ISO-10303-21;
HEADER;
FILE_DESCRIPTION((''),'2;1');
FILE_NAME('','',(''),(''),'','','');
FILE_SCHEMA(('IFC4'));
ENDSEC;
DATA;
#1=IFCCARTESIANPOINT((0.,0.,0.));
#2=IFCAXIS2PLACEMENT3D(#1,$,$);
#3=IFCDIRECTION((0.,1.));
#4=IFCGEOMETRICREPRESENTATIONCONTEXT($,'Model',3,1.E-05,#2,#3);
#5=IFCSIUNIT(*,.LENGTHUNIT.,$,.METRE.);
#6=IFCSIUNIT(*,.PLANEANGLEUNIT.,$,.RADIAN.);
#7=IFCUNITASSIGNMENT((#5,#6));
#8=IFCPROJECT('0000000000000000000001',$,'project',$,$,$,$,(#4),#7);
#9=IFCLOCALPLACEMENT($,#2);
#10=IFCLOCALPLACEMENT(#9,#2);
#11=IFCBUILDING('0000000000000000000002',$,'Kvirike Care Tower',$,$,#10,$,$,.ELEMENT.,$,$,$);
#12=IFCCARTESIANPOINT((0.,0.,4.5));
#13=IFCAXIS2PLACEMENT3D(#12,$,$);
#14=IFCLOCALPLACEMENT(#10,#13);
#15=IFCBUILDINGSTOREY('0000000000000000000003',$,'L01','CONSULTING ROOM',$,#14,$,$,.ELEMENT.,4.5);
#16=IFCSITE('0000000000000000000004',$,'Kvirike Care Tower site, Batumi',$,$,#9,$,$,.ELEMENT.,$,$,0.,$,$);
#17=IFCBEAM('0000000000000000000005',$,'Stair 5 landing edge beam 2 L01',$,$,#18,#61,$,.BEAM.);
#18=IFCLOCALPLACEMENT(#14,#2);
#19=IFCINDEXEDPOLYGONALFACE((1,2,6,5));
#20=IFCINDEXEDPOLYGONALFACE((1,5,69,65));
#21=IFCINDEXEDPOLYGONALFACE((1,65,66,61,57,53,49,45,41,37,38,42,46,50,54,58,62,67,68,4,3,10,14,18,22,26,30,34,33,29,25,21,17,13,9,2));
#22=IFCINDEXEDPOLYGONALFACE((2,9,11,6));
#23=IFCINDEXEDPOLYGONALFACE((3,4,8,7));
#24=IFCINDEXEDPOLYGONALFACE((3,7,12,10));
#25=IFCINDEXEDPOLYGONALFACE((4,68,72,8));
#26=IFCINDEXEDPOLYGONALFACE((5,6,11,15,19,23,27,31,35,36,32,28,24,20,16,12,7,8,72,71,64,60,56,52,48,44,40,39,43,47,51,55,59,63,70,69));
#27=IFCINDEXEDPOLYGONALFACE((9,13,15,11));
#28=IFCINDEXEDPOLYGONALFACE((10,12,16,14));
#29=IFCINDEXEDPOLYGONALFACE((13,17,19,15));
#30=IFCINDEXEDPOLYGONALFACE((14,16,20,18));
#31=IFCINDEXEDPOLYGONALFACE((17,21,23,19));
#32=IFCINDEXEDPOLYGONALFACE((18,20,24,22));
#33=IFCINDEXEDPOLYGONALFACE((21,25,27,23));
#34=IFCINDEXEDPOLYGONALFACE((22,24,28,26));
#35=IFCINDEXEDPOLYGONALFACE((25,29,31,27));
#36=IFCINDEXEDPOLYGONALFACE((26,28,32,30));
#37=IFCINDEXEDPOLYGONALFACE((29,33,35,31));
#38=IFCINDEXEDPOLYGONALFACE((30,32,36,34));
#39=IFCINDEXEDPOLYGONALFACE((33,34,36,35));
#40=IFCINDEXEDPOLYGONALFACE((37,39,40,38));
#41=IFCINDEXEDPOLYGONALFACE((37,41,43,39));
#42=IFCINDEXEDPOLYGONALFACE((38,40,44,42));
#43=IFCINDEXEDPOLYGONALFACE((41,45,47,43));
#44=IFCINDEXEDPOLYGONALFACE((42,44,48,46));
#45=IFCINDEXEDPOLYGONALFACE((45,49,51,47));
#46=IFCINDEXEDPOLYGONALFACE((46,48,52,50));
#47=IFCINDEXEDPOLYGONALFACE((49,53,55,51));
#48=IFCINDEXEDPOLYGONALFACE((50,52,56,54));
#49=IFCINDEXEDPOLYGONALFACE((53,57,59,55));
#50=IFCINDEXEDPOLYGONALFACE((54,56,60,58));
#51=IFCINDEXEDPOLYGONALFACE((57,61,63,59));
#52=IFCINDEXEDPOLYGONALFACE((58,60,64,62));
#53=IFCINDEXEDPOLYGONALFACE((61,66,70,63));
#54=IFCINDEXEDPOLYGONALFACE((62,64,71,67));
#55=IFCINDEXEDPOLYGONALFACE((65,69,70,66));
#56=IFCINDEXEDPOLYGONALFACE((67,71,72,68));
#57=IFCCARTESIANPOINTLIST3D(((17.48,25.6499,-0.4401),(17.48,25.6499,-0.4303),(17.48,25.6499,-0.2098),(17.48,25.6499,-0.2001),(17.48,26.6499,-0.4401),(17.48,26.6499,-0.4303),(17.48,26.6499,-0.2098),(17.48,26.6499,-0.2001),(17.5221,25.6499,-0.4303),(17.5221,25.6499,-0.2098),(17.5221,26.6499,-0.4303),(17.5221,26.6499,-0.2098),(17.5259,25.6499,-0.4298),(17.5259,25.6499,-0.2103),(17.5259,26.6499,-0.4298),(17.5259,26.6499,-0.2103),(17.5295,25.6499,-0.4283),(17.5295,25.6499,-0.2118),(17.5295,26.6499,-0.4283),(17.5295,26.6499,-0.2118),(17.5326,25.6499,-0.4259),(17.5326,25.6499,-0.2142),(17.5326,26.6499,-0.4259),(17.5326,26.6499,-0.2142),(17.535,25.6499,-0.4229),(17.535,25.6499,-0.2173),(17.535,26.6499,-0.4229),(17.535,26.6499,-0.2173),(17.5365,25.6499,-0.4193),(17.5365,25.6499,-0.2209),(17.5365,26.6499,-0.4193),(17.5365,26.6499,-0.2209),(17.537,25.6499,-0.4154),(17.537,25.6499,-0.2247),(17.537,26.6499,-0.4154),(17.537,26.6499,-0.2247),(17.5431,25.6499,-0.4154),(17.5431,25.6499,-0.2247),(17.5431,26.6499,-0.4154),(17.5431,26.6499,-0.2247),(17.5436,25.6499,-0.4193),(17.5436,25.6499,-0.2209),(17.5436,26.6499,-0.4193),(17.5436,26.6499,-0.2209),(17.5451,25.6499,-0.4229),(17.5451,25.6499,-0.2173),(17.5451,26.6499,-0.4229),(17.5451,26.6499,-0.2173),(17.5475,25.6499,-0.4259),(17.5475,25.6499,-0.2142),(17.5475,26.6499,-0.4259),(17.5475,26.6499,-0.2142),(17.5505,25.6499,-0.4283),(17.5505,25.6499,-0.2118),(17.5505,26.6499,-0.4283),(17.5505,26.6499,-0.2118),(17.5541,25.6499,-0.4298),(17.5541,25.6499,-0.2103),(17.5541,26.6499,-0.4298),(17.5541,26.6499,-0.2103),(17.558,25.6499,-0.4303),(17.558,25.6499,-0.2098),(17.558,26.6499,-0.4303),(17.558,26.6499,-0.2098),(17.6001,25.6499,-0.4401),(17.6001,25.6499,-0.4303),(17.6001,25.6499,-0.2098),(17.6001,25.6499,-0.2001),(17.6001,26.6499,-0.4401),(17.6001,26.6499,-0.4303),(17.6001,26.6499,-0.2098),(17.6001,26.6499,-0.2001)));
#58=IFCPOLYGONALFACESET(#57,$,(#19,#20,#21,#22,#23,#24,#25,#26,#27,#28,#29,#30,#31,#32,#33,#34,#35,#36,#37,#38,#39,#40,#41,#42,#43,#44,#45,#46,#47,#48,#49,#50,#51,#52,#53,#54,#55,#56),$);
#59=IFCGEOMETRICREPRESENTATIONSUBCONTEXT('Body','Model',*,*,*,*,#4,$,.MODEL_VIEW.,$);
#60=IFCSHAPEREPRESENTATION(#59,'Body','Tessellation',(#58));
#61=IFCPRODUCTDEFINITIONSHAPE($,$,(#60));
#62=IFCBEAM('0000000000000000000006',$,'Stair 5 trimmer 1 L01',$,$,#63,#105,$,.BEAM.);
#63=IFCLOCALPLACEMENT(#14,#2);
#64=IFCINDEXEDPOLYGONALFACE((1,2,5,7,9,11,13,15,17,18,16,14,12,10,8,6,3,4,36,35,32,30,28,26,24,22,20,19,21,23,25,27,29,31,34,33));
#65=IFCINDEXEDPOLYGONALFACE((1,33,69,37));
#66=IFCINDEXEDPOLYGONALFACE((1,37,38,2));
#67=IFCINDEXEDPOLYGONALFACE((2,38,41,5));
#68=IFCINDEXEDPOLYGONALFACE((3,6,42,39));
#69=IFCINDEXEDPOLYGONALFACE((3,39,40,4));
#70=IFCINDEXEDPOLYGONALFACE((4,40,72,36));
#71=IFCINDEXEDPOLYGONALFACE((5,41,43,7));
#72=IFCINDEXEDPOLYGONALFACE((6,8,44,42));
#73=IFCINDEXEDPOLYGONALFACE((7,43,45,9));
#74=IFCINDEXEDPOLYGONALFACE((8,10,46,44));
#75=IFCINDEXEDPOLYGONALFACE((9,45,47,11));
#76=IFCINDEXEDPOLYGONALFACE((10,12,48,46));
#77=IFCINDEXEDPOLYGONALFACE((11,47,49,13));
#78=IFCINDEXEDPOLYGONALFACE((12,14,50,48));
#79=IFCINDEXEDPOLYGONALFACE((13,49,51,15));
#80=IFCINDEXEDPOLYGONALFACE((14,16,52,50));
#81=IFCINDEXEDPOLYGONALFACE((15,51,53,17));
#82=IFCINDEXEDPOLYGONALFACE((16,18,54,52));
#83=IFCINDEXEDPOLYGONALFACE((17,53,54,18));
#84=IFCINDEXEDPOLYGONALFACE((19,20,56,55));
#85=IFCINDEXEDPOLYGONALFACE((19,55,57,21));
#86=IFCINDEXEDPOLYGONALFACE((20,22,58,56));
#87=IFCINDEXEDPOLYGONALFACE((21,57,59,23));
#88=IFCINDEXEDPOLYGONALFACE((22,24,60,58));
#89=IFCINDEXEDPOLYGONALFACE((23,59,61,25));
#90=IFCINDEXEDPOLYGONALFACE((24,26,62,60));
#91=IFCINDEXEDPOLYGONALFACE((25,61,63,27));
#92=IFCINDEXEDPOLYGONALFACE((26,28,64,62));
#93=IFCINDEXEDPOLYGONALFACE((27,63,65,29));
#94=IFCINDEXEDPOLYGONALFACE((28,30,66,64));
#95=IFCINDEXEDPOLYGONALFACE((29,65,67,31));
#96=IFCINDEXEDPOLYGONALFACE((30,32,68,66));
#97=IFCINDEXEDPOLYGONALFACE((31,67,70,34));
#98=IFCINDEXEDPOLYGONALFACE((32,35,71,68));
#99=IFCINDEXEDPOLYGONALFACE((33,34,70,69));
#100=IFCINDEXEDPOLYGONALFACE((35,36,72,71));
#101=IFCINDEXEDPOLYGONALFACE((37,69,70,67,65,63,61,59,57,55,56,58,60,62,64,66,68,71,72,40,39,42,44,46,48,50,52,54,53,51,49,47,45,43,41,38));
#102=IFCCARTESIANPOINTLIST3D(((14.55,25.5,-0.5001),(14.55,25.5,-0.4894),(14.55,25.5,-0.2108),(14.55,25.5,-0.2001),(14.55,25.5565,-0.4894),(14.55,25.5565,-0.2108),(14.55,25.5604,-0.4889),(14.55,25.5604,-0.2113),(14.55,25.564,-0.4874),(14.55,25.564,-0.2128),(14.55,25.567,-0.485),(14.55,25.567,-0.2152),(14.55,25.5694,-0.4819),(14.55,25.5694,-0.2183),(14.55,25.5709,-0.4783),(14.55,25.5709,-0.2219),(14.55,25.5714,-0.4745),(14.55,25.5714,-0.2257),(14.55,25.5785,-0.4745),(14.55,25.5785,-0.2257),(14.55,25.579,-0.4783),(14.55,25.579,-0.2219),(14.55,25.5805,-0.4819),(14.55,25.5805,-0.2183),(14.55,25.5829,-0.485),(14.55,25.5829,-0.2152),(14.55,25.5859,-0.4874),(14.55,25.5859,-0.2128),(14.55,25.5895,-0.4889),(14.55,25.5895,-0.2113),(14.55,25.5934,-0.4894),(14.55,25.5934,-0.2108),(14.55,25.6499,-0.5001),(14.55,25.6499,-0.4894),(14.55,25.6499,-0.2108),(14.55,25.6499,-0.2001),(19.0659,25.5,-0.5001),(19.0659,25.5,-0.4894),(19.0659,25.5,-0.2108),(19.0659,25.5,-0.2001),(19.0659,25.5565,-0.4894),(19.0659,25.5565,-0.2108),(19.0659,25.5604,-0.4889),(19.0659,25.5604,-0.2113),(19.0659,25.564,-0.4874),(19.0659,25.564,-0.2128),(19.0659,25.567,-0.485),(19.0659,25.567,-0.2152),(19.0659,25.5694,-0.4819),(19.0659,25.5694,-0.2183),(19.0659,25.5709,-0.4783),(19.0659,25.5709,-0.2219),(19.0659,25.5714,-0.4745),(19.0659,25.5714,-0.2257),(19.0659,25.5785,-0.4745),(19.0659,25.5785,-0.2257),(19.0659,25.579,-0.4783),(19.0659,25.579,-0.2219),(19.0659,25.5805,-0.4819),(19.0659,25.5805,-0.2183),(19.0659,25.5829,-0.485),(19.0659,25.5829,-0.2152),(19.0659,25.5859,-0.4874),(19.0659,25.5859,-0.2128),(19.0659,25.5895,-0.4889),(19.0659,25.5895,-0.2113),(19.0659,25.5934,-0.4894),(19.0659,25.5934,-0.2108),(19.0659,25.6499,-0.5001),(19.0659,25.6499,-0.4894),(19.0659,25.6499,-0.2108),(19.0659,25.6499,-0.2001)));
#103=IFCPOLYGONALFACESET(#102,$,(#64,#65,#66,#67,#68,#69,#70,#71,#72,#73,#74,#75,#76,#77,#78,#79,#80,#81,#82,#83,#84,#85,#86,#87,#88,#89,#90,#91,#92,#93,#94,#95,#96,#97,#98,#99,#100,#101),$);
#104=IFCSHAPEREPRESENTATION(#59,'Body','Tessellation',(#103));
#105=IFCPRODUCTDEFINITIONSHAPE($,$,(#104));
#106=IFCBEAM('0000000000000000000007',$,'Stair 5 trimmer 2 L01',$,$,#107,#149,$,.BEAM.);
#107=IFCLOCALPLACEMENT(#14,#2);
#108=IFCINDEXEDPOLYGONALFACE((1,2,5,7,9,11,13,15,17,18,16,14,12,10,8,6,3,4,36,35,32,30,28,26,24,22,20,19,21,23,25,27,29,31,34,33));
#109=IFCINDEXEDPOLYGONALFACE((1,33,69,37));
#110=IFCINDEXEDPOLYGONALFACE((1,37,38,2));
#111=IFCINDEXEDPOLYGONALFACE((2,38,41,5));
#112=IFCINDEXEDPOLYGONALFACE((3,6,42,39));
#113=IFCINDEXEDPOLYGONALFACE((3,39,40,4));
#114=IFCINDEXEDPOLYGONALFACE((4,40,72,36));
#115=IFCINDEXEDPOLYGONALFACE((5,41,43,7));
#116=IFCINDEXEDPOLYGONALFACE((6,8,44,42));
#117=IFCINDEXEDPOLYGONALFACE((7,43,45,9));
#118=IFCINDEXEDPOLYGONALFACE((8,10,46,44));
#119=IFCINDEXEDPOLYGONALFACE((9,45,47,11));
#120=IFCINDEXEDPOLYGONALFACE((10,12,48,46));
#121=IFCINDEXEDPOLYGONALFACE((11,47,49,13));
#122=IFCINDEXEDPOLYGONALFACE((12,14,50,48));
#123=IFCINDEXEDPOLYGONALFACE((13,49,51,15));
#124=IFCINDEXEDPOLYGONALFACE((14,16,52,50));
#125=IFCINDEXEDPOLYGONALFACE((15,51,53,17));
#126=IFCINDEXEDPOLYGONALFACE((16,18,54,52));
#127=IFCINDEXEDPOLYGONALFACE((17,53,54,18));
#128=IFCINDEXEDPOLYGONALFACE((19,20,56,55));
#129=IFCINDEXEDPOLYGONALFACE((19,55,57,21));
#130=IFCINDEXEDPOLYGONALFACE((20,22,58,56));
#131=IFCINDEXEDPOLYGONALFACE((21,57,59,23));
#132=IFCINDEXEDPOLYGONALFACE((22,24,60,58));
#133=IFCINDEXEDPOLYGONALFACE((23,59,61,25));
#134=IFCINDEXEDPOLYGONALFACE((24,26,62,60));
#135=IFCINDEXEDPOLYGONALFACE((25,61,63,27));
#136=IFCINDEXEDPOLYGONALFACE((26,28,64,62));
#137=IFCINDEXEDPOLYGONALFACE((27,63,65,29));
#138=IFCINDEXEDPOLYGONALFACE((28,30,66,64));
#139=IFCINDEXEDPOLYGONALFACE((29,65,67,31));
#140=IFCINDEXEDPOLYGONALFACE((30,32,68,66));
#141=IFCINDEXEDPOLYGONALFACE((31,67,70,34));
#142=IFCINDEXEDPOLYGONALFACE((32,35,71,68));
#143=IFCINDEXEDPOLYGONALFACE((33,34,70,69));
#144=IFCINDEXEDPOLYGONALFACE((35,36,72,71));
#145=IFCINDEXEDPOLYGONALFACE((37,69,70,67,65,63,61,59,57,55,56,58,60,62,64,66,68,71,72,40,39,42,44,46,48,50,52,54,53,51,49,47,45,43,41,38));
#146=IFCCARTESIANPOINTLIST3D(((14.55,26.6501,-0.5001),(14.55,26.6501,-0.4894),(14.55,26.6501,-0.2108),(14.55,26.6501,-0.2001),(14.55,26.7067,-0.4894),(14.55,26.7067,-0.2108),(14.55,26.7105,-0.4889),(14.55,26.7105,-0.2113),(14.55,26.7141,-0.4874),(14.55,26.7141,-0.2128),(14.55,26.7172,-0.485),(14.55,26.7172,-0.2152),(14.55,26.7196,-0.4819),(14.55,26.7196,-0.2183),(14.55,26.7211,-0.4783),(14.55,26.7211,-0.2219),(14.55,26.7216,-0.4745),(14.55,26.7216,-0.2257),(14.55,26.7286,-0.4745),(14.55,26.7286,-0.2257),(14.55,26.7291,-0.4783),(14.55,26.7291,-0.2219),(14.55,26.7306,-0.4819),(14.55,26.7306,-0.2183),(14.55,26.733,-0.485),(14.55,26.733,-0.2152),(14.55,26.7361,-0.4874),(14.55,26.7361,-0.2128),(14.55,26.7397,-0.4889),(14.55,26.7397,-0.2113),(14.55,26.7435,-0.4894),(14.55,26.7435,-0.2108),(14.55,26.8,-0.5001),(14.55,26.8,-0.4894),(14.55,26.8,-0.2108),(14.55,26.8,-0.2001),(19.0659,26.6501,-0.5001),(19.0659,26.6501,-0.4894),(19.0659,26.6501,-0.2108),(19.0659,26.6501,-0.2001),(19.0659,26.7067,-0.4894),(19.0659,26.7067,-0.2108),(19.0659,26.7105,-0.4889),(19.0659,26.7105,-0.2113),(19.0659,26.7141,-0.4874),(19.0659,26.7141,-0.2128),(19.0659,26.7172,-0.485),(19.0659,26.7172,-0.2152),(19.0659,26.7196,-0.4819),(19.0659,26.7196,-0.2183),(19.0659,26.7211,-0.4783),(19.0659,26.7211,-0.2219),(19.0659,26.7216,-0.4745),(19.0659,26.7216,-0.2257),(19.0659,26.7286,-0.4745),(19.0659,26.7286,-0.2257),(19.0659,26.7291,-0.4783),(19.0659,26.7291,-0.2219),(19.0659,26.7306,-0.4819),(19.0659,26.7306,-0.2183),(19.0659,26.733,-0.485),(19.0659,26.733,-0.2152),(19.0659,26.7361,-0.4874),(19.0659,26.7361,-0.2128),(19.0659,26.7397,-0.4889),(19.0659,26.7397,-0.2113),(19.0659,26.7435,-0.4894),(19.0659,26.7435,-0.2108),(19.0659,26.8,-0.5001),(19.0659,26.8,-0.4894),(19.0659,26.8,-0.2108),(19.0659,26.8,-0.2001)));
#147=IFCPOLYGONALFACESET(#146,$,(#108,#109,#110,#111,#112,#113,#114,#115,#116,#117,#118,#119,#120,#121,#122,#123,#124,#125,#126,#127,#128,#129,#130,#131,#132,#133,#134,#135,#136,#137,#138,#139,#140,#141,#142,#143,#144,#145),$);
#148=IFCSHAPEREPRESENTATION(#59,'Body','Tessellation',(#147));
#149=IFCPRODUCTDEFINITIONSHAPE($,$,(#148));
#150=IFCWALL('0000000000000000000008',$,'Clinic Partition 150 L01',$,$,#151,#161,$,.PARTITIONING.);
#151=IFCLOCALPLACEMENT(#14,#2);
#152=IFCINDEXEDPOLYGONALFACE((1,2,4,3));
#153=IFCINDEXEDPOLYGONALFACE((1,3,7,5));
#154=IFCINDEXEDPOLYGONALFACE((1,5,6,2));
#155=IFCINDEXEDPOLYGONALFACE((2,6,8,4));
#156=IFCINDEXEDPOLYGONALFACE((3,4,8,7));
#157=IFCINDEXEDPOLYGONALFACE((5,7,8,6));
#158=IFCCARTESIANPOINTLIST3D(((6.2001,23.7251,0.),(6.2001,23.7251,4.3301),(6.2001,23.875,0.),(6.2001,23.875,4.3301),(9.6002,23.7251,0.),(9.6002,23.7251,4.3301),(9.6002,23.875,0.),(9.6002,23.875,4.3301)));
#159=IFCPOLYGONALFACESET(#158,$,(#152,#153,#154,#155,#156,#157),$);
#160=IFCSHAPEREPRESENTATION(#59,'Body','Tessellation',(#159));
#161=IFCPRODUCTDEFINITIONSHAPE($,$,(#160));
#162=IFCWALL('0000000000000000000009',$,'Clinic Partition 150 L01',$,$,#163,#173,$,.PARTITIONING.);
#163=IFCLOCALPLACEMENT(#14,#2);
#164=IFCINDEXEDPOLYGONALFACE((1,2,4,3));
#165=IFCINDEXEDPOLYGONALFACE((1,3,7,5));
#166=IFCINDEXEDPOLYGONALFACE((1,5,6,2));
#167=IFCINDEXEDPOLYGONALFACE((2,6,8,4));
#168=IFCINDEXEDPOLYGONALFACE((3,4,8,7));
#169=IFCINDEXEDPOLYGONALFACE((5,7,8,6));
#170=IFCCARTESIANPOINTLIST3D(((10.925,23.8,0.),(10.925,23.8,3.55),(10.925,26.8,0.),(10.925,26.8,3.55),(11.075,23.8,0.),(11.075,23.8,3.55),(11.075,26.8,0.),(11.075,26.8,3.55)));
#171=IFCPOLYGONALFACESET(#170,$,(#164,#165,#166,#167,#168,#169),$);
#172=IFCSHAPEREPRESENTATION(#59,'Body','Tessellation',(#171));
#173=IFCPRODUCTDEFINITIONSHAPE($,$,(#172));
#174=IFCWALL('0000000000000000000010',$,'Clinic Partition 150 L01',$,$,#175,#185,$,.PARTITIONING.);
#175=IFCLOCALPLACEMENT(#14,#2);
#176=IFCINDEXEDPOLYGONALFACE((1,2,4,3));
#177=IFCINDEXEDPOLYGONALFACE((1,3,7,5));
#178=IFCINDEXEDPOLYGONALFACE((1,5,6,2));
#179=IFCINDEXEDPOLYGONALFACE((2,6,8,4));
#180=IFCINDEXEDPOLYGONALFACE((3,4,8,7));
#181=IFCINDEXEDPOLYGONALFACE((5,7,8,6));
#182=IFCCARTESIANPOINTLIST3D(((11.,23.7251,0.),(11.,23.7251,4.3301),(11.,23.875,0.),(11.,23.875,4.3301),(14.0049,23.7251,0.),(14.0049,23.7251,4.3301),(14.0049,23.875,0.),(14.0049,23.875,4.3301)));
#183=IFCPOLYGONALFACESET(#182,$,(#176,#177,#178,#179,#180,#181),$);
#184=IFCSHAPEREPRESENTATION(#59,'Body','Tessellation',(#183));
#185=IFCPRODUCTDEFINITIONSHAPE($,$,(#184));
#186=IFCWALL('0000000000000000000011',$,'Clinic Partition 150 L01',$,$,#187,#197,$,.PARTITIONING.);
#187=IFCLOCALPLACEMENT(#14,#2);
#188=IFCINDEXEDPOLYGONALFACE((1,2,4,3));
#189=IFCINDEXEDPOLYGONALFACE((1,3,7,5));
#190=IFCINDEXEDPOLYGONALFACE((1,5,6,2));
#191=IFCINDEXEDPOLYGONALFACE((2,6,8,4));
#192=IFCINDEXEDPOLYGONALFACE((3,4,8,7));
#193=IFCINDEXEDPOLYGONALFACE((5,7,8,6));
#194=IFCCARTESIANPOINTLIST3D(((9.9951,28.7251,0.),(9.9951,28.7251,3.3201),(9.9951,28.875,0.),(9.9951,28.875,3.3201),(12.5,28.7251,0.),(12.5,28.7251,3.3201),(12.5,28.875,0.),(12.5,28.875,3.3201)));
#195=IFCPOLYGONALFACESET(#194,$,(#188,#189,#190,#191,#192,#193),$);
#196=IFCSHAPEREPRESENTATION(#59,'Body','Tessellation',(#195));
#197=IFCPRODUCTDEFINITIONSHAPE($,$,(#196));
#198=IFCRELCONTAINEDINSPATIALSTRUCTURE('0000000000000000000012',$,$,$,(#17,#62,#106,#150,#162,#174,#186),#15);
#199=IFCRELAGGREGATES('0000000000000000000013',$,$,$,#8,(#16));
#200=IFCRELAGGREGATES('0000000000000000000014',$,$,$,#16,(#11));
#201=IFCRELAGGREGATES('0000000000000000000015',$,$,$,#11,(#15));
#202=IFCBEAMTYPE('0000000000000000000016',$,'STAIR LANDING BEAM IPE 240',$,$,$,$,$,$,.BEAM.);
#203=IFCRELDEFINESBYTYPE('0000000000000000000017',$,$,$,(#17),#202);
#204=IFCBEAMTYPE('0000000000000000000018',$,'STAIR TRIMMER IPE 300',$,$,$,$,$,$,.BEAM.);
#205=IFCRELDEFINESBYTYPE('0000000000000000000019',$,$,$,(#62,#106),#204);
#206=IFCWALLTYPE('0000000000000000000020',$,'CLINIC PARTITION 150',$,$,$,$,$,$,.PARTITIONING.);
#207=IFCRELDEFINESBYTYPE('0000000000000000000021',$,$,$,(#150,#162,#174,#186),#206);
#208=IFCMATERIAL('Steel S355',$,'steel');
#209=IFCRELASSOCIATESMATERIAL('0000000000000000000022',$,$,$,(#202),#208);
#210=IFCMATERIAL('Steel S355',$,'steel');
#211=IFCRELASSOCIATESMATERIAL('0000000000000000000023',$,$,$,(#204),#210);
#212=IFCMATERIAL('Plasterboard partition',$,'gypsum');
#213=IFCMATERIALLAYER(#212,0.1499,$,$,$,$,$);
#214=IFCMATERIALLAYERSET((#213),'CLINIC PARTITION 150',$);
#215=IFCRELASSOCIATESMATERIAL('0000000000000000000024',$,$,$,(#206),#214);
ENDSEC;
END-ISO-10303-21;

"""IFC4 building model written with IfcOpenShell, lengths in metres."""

from ifc_helpers import new_model, si_unit, direction, frame, frame_2d, origin, origin_2d, place, context, subcontext, project, spatial, rectangle, i_section, extrude, material, layer, layer_set, material_profile, profile_set, type_object, element, save


model = new_model("IFC4")

# Units and contexts
model_context = context("Model", 3, precision=1e-05, world=origin(), true_north=direction((0.0, 1.0)))
body_context = subcontext(model_context, "Body", "Model", "MODEL_VIEW")
ifc_project = project(units=[si_unit("LENGTHUNIT", "METRE"), si_unit("PLANEANGLEUNIT", "RADIAN")], contexts=[model_context])

# Site, building, storey
site_placement = place(None, origin())
site = spatial("IfcSite", under=ifc_project, at=site_placement, Name="Kvirike Care Tower site, Batumi", CompositionType="ELEMENT", RefElevation=0.0)
building_placement = place(site_placement, origin())
building = spatial("IfcBuilding", under=site, at=building_placement, Name="Kvirike Care Tower", CompositionType="ELEMENT")
storey_placement = place(building_placement, frame((0.0, 0.0, 4.5)))
storey = spatial("IfcBuildingStorey", under=building, at=storey_placement, Name="L01", Description="CONSULTING ROOM", CompositionType="ELEMENT", Elevation=4.5)

# Beams
ifc_material_1 = material(Name="Steel S355", Category="steel")
ifc_material_profile_1 = material_profile(ifc_material_1, i_section(OverallWidth=0.1201, OverallDepth=0.24, WebThickness=0.0061, FlangeThickness=0.0098, FilletRadius=0.0149, at=origin_2d()), Name="IPE 240")
ifc_profile_set_1 = profile_set([ifc_material_profile_1], Name="Steel S355")
beam_type_1 = type_object("IfcBeamType", Name="STAIR LANDING BEAM IPE 240", PredefinedType="BEAM", material=ifc_profile_set_1)
for number, where, z_axis, x_axis, name in (
    (1, (17.54, 25.6499, -0.3201), (0.0, 1.0, 0.0), (-1.0, 0.0, 0.0), "Stair 5 landing edge beam 2 L01"),
):
    element("IfcBeam", number, at=place(storey_placement, frame(where, z_axis=z_axis, x_axis=x_axis)), inside=storey, type_object=beam_type_1, Name=name, PredefinedType="BEAM", context=body_context, shape_type="SweptSolid", body=[
        extrude(i_section(OverallWidth=0.1201, OverallDepth=0.24, WebThickness=0.0061, FlangeThickness=0.0098, FilletRadius=0.0149, at=origin_2d()), origin(), (0.0, 0.0, 1.0), 1.0),
    ])
ifc_material_2 = material(Name="Steel S355", Category="steel")
ifc_material_profile_2 = material_profile(ifc_material_2, i_section(OverallWidth=0.1499, OverallDepth=0.3, WebThickness=0.0071, FlangeThickness=0.0107, FilletRadius=0.0149, at=origin_2d()), Name="IPE 300")
ifc_profile_set_2 = profile_set([ifc_material_profile_2], Name="Steel S355")
beam_type_2 = type_object("IfcBeamType", Name="STAIR TRIMMER IPE 300", PredefinedType="BEAM", material=ifc_profile_set_2)
for number, where, z_axis, x_axis, name in (
    (2, (14.55, 25.575, -0.3501), (1.0, 0.0, 0.0), (0.0, 1.0, 0.0), "Stair 5 trimmer 1 L01"),
    (3, (14.55, 26.7251, -0.3501), (1.0, 0.0, 0.0), (0.0, 1.0, 0.0), "Stair 5 trimmer 2 L01"),
):
    element("IfcBeam", number, at=place(storey_placement, frame(where, z_axis=z_axis, x_axis=x_axis)), inside=storey, type_object=beam_type_2, Name=name, PredefinedType="BEAM", context=body_context, shape_type="SweptSolid", body=[
        extrude(i_section(OverallWidth=0.1499, OverallDepth=0.3, WebThickness=0.0071, FlangeThickness=0.0107, FilletRadius=0.0149, at=origin_2d()), origin(), (0.0, 0.0, 1.0), 4.5159),
    ])

# Walls
ifc_material_3 = material(Name="Plasterboard partition", Category="gypsum")
ifc_layer_1 = layer(ifc_material_3, 0.1499)
ifc_layer_set_1 = layer_set([ifc_layer_1], Name="CLINIC PARTITION 150")
wall_type_1 = type_object("IfcWallType", Name="CLINIC PARTITION 150", PredefinedType="PARTITIONING", material=ifc_layer_set_1)
wall_1_placement = place(storey_placement, frame((6.2, 23.8, 0.0), z_axis=(0.0, 0.0, 1.0), x_axis=(1.0, 0.0, 0.0)))
element("IfcWall", 4, at=wall_1_placement, inside=storey, type_object=wall_type_1, Name="Clinic Partition 150 L01", PredefinedType="PARTITIONING", context=body_context, shape_type="SweptSolid", body=[
    extrude(rectangle(XDim=3.4001, YDim=0.1499, at=frame_2d((1.7002, 0.0))), origin(), (0.0, 0.0, 1.0), 4.3301),
])
wall_2_placement = place(storey_placement, frame((11.0, 23.8, 0.0), z_axis=(0.0, 0.0, 1.0), x_axis=(0.0, 1.0, 0.0)))
element("IfcWall", 5, at=wall_2_placement, inside=storey, type_object=wall_type_1, Name="Clinic Partition 150 L01", PredefinedType="PARTITIONING", context=body_context, shape_type="SweptSolid", body=[
    extrude(rectangle(XDim=3.0, YDim=0.1499, at=frame_2d((1.5, 0.0))), origin(), (0.0, 0.0, 1.0), 3.55),
])
wall_3_placement = place(storey_placement, frame((11.0, 23.8, 0.0), z_axis=(0.0, 0.0, 1.0), x_axis=(1.0, 0.0, 0.0)))
element("IfcWall", 6, at=wall_3_placement, inside=storey, type_object=wall_type_1, Name="Clinic Partition 150 L01", PredefinedType="PARTITIONING", context=body_context, shape_type="SweptSolid", body=[
    extrude(rectangle(XDim=3.0049, YDim=0.1499, at=frame_2d((1.5024, 0.0))), origin(), (0.0, 0.0, 1.0), 4.3301),
])
wall_4_placement = place(storey_placement, frame((12.5, 28.8, 0.0), z_axis=(0.0, 0.0, 1.0), x_axis=(-1.0, 0.0, 0.0)))
element("IfcWall", 7, at=wall_4_placement, inside=storey, type_object=wall_type_1, Name="Clinic Partition 150 L01", PredefinedType="PARTITIONING", context=body_context, shape_type="SweptSolid", body=[
    extrude(rectangle(XDim=2.5049, YDim=0.1499, at=frame_2d((1.2524, 0.0))), origin(), (0.0, 0.0, 1.0), 3.3201),
])

save(model, "model.ifc")
